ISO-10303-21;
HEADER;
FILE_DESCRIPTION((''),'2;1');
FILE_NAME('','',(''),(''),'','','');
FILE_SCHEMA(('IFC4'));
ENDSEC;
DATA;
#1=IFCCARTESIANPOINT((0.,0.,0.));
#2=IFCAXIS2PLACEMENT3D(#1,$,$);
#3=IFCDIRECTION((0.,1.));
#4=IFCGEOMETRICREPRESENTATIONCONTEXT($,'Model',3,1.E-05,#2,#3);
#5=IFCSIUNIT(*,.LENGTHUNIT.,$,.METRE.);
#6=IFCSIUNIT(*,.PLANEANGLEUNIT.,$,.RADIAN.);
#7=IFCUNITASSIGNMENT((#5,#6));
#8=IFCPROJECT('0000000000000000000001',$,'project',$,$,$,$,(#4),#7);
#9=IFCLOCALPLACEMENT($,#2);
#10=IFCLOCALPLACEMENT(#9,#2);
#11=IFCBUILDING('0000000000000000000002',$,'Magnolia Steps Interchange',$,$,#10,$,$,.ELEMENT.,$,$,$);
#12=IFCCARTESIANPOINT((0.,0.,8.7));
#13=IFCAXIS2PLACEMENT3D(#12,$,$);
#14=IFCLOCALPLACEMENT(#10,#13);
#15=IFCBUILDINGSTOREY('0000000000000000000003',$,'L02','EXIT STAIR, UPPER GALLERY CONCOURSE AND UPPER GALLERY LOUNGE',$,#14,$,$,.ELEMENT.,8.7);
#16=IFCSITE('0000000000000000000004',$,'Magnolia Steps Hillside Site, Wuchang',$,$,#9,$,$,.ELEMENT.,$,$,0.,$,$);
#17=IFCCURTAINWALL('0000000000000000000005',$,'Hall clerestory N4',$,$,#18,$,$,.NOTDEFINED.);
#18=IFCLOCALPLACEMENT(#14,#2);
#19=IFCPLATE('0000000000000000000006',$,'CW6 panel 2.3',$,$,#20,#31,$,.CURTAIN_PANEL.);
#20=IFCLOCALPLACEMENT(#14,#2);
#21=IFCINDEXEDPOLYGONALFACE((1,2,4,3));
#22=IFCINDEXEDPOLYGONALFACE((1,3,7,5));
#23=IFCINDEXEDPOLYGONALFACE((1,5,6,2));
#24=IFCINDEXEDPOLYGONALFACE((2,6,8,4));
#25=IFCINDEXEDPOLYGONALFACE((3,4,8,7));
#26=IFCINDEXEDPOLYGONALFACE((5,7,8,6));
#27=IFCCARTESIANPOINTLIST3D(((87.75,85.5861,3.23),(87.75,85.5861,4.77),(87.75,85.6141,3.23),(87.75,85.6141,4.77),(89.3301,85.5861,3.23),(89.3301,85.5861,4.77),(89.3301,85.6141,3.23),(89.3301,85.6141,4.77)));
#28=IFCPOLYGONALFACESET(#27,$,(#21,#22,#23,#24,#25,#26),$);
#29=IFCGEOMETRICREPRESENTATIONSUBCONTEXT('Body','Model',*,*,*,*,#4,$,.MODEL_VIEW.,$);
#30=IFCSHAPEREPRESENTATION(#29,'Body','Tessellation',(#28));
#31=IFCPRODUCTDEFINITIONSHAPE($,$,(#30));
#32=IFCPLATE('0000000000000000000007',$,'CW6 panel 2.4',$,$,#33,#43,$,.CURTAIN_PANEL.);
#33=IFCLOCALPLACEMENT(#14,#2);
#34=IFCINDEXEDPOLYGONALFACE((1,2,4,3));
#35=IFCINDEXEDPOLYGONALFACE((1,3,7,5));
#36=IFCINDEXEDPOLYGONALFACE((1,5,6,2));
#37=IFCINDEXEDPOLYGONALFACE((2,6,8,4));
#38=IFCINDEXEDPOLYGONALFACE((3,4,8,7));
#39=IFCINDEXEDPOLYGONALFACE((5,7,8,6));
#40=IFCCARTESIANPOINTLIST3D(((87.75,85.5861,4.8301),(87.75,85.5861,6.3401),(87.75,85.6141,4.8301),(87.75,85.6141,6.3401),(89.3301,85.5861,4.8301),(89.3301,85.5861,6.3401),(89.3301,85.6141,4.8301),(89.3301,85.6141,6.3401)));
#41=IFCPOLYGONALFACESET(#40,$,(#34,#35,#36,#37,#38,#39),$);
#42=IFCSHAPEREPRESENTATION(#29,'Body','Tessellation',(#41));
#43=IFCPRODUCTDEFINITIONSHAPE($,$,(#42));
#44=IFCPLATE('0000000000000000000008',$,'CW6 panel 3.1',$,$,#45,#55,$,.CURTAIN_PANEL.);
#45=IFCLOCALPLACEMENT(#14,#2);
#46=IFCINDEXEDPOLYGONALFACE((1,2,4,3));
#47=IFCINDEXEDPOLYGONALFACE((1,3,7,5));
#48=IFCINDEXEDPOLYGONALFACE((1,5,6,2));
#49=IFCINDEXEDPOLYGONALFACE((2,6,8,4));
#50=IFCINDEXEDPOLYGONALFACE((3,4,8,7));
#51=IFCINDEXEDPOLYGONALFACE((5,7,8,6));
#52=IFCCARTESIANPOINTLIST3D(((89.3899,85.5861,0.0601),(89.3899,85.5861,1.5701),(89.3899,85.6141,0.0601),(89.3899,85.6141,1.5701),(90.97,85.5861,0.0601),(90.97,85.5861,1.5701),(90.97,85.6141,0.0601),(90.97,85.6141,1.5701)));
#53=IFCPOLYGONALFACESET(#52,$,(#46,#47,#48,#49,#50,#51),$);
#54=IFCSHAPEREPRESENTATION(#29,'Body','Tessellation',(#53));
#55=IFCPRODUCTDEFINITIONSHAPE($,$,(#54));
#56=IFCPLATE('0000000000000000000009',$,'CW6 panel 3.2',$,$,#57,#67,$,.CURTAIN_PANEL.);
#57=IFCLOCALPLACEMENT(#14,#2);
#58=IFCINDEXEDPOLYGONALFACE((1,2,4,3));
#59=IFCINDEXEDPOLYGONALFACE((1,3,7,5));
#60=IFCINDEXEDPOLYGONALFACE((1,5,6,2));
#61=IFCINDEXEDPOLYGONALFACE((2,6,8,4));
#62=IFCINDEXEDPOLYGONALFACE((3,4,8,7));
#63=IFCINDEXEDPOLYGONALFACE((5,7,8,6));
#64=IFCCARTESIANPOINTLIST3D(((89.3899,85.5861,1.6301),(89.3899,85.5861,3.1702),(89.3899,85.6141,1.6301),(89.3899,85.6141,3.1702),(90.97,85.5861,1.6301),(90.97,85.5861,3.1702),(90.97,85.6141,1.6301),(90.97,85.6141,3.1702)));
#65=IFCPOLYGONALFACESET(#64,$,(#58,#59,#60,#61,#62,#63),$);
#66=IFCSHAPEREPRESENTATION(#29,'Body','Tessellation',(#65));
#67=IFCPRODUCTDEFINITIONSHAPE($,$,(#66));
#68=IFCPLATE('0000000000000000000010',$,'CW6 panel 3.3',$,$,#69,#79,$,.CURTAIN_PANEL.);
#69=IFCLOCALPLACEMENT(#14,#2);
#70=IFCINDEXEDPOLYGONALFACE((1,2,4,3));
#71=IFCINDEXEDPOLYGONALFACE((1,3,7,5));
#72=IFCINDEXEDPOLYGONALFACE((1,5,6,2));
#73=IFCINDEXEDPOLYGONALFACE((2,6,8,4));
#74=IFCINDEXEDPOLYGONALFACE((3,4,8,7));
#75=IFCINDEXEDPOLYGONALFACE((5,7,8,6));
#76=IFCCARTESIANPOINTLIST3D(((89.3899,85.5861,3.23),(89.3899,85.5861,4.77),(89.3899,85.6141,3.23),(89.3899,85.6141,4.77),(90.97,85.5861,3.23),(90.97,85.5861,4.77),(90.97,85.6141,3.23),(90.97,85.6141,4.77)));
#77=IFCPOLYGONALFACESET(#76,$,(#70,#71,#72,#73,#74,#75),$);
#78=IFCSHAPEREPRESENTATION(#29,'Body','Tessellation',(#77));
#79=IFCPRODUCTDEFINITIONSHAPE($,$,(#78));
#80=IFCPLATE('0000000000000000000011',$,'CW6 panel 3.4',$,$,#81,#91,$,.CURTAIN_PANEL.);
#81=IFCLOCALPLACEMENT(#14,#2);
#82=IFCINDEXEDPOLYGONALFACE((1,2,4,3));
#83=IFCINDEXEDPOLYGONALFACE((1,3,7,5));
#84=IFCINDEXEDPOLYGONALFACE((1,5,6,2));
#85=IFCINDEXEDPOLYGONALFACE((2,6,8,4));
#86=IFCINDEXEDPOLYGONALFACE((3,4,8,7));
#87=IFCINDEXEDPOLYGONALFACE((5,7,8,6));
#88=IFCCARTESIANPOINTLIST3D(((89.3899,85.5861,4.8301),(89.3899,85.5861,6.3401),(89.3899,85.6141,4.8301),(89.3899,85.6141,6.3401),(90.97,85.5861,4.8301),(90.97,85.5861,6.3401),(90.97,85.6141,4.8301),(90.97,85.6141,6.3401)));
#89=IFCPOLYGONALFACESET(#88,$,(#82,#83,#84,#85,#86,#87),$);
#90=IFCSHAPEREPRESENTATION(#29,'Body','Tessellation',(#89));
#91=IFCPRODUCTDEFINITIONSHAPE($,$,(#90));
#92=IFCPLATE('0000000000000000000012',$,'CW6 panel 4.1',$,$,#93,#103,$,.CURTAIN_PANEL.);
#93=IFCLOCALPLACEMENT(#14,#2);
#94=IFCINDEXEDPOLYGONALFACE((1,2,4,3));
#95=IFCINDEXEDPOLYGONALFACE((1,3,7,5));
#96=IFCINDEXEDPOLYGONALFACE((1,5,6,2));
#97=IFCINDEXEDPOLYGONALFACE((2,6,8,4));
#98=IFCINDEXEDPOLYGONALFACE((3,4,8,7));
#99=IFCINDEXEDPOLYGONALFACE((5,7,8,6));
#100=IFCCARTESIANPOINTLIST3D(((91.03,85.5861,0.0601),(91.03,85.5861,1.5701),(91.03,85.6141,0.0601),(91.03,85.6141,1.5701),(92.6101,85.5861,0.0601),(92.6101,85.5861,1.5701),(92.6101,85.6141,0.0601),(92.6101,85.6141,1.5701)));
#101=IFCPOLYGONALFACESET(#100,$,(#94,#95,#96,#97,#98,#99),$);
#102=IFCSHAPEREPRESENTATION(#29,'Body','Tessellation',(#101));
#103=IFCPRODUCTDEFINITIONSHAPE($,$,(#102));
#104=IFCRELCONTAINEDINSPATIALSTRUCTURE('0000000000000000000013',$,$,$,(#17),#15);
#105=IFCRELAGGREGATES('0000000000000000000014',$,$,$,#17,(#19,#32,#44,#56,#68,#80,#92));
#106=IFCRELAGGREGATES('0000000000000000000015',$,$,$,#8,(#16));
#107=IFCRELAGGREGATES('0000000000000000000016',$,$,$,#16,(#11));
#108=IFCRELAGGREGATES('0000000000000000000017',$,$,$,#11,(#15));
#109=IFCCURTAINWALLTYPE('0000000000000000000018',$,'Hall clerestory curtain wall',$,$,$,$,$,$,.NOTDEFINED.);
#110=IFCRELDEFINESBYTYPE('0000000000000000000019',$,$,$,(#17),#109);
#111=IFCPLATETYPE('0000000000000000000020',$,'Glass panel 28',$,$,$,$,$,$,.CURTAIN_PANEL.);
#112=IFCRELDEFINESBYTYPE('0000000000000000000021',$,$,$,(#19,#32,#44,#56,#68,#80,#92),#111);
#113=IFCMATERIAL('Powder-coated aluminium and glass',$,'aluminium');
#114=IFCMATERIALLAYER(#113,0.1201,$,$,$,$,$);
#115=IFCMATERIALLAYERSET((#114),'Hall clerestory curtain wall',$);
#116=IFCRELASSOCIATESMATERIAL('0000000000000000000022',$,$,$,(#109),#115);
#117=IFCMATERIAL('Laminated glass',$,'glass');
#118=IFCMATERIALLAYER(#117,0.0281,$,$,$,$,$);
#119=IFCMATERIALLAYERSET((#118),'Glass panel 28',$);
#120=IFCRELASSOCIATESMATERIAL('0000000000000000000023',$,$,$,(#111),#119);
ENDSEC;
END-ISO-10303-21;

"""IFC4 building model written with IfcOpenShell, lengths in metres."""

from ifc_helpers import new_model, si_unit, direction, frame, origin, origin_2d, place, context, subcontext, project, spatial, rectangle, extrude, material, layer, layer_set, type_object, element, aggregate, save


model = new_model("IFC4")

# Units and contexts
model_context = context("Model", 3, precision=1e-05, world=origin(), true_north=direction((0.0, 1.0)))
body_context = subcontext(model_context, "Body", "Model", "MODEL_VIEW")
ifc_project = project(units=[si_unit("LENGTHUNIT", "METRE"), si_unit("PLANEANGLEUNIT", "RADIAN")], contexts=[model_context])

# Site, building, storey
site_placement = place(None, origin())
site = spatial("IfcSite", under=ifc_project, at=site_placement, Name="Magnolia Steps Hillside Site, Wuchang", CompositionType="ELEMENT", RefElevation=0.0)
building_placement = place(site_placement, origin())
building = spatial("IfcBuilding", under=site, at=building_placement, Name="Magnolia Steps Interchange", CompositionType="ELEMENT")
storey_placement = place(building_placement, frame((0.0, 0.0, 8.7)))
storey = spatial("IfcBuildingStorey", under=building, at=storey_placement, Name="L02", Description="EXIT STAIR, UPPER GALLERY CONCOURSE AND UPPER GALLERY LOUNGE", CompositionType="ELEMENT", Elevation=8.7)

# Curtain wall, plates
ifc_material_1 = material(Name="Powder-coated aluminium and glass", Category="aluminium")
ifc_layer_1 = layer(ifc_material_1, 0.1201)
ifc_layer_set_1 = layer_set([ifc_layer_1], Name="Hall clerestory curtain wall")
curtain_wall_type = type_object("IfcCurtainWallType", Name="Hall clerestory curtain wall", PredefinedType="NOTDEFINED", material=ifc_layer_set_1)
curtain_wall_placement = place(storey_placement, origin())
curtain_wall = element("IfcCurtainWall", 1, at=curtain_wall_placement, inside=storey, type_object=curtain_wall_type, Name="Hall clerestory N4", PredefinedType="NOTDEFINED")
ifc_material_2 = material(Name="Laminated glass", Category="glass")
ifc_layer_2 = layer(ifc_material_2, 0.0281)
ifc_layer_set_2 = layer_set([ifc_layer_2], Name="Glass panel 28")
plate_type = type_object("IfcPlateType", Name="Glass panel 28", PredefinedType="CURTAIN_PANEL", material=ifc_layer_set_2)
plate_1_placement = place(storey_placement, frame((88.54, 85.6001, 3.23), z_axis=(0.0, 0.0, 1.0), x_axis=(1.0, 0.0, 0.0)))
plate_1 = element("IfcPlate", 2, at=plate_1_placement, type_object=plate_type, Name="CW6 panel 2.3", PredefinedType="CURTAIN_PANEL", context=body_context, shape_type="SweptSolid", body=[
    extrude(rectangle(XDim=1.5801, YDim=0.0281, at=origin_2d()), origin(), (0.0, 0.0, 1.0), 1.54),
])
plate_2_placement = place(storey_placement, frame((88.54, 85.6001, 4.8301), z_axis=(0.0, 0.0, 1.0), x_axis=(1.0, 0.0, 0.0)))
plate_2 = element("IfcPlate", 3, at=plate_2_placement, type_object=plate_type, Name="CW6 panel 2.4", PredefinedType="CURTAIN_PANEL", context=body_context, shape_type="SweptSolid", body=[
    extrude(rectangle(XDim=1.5801, YDim=0.0281, at=origin_2d()), origin(), (0.0, 0.0, 1.0), 1.51),
])
plate_3_placement = place(storey_placement, frame((90.1799, 85.6001, 0.0601), z_axis=(0.0, 0.0, 1.0), x_axis=(1.0, 0.0, 0.0)))
plate_3 = element("IfcPlate", 4, at=plate_3_placement, type_object=plate_type, Name="CW6 panel 3.1", PredefinedType="CURTAIN_PANEL", context=body_context, shape_type="SweptSolid", body=[
    extrude(rectangle(XDim=1.5801, YDim=0.0281, at=origin_2d()), origin(), (0.0, 0.0, 1.0), 1.51),
])
plate_4_placement = place(storey_placement, frame((90.1799, 85.6001, 1.6301), z_axis=(0.0, 0.0, 1.0), x_axis=(1.0, 0.0, 0.0)))
plate_4 = element("IfcPlate", 5, at=plate_4_placement, type_object=plate_type, Name="CW6 panel 3.2", PredefinedType="CURTAIN_PANEL", context=body_context, shape_type="SweptSolid", body=[
    extrude(rectangle(XDim=1.5801, YDim=0.0281, at=origin_2d()), origin(), (0.0, 0.0, 1.0), 1.54),
])
plate_5_placement = place(storey_placement, frame((90.1799, 85.6001, 3.23), z_axis=(0.0, 0.0, 1.0), x_axis=(1.0, 0.0, 0.0)))
plate_5 = element("IfcPlate", 6, at=plate_5_placement, type_object=plate_type, Name="CW6 panel 3.3", PredefinedType="CURTAIN_PANEL", context=body_context, shape_type="SweptSolid", body=[
    extrude(rectangle(XDim=1.5801, YDim=0.0281, at=origin_2d()), origin(), (0.0, 0.0, 1.0), 1.54),
])
plate_6_placement = place(storey_placement, frame((90.1799, 85.6001, 4.8301), z_axis=(0.0, 0.0, 1.0), x_axis=(1.0, 0.0, 0.0)))
plate_6 = element("IfcPlate", 7, at=plate_6_placement, type_object=plate_type, Name="CW6 panel 3.4", PredefinedType="CURTAIN_PANEL", context=body_context, shape_type="SweptSolid", body=[
    extrude(rectangle(XDim=1.5801, YDim=0.0281, at=origin_2d()), origin(), (0.0, 0.0, 1.0), 1.51),
])
plate_7_placement = place(storey_placement, frame((91.8201, 85.6001, 0.0601), z_axis=(0.0, 0.0, 1.0), x_axis=(1.0, 0.0, 0.0)))
plate_7 = element("IfcPlate", 8, at=plate_7_placement, type_object=plate_type, Name="CW6 panel 4.1", PredefinedType="CURTAIN_PANEL", context=body_context, shape_type="SweptSolid", body=[
    extrude(rectangle(XDim=1.5801, YDim=0.0281, at=origin_2d()), origin(), (0.0, 0.0, 1.0), 1.51),
])
aggregate(curtain_wall, [plate_1, plate_2, plate_3, plate_4, plate_5, plate_6, plate_7])

save(model, "model.ifc")
